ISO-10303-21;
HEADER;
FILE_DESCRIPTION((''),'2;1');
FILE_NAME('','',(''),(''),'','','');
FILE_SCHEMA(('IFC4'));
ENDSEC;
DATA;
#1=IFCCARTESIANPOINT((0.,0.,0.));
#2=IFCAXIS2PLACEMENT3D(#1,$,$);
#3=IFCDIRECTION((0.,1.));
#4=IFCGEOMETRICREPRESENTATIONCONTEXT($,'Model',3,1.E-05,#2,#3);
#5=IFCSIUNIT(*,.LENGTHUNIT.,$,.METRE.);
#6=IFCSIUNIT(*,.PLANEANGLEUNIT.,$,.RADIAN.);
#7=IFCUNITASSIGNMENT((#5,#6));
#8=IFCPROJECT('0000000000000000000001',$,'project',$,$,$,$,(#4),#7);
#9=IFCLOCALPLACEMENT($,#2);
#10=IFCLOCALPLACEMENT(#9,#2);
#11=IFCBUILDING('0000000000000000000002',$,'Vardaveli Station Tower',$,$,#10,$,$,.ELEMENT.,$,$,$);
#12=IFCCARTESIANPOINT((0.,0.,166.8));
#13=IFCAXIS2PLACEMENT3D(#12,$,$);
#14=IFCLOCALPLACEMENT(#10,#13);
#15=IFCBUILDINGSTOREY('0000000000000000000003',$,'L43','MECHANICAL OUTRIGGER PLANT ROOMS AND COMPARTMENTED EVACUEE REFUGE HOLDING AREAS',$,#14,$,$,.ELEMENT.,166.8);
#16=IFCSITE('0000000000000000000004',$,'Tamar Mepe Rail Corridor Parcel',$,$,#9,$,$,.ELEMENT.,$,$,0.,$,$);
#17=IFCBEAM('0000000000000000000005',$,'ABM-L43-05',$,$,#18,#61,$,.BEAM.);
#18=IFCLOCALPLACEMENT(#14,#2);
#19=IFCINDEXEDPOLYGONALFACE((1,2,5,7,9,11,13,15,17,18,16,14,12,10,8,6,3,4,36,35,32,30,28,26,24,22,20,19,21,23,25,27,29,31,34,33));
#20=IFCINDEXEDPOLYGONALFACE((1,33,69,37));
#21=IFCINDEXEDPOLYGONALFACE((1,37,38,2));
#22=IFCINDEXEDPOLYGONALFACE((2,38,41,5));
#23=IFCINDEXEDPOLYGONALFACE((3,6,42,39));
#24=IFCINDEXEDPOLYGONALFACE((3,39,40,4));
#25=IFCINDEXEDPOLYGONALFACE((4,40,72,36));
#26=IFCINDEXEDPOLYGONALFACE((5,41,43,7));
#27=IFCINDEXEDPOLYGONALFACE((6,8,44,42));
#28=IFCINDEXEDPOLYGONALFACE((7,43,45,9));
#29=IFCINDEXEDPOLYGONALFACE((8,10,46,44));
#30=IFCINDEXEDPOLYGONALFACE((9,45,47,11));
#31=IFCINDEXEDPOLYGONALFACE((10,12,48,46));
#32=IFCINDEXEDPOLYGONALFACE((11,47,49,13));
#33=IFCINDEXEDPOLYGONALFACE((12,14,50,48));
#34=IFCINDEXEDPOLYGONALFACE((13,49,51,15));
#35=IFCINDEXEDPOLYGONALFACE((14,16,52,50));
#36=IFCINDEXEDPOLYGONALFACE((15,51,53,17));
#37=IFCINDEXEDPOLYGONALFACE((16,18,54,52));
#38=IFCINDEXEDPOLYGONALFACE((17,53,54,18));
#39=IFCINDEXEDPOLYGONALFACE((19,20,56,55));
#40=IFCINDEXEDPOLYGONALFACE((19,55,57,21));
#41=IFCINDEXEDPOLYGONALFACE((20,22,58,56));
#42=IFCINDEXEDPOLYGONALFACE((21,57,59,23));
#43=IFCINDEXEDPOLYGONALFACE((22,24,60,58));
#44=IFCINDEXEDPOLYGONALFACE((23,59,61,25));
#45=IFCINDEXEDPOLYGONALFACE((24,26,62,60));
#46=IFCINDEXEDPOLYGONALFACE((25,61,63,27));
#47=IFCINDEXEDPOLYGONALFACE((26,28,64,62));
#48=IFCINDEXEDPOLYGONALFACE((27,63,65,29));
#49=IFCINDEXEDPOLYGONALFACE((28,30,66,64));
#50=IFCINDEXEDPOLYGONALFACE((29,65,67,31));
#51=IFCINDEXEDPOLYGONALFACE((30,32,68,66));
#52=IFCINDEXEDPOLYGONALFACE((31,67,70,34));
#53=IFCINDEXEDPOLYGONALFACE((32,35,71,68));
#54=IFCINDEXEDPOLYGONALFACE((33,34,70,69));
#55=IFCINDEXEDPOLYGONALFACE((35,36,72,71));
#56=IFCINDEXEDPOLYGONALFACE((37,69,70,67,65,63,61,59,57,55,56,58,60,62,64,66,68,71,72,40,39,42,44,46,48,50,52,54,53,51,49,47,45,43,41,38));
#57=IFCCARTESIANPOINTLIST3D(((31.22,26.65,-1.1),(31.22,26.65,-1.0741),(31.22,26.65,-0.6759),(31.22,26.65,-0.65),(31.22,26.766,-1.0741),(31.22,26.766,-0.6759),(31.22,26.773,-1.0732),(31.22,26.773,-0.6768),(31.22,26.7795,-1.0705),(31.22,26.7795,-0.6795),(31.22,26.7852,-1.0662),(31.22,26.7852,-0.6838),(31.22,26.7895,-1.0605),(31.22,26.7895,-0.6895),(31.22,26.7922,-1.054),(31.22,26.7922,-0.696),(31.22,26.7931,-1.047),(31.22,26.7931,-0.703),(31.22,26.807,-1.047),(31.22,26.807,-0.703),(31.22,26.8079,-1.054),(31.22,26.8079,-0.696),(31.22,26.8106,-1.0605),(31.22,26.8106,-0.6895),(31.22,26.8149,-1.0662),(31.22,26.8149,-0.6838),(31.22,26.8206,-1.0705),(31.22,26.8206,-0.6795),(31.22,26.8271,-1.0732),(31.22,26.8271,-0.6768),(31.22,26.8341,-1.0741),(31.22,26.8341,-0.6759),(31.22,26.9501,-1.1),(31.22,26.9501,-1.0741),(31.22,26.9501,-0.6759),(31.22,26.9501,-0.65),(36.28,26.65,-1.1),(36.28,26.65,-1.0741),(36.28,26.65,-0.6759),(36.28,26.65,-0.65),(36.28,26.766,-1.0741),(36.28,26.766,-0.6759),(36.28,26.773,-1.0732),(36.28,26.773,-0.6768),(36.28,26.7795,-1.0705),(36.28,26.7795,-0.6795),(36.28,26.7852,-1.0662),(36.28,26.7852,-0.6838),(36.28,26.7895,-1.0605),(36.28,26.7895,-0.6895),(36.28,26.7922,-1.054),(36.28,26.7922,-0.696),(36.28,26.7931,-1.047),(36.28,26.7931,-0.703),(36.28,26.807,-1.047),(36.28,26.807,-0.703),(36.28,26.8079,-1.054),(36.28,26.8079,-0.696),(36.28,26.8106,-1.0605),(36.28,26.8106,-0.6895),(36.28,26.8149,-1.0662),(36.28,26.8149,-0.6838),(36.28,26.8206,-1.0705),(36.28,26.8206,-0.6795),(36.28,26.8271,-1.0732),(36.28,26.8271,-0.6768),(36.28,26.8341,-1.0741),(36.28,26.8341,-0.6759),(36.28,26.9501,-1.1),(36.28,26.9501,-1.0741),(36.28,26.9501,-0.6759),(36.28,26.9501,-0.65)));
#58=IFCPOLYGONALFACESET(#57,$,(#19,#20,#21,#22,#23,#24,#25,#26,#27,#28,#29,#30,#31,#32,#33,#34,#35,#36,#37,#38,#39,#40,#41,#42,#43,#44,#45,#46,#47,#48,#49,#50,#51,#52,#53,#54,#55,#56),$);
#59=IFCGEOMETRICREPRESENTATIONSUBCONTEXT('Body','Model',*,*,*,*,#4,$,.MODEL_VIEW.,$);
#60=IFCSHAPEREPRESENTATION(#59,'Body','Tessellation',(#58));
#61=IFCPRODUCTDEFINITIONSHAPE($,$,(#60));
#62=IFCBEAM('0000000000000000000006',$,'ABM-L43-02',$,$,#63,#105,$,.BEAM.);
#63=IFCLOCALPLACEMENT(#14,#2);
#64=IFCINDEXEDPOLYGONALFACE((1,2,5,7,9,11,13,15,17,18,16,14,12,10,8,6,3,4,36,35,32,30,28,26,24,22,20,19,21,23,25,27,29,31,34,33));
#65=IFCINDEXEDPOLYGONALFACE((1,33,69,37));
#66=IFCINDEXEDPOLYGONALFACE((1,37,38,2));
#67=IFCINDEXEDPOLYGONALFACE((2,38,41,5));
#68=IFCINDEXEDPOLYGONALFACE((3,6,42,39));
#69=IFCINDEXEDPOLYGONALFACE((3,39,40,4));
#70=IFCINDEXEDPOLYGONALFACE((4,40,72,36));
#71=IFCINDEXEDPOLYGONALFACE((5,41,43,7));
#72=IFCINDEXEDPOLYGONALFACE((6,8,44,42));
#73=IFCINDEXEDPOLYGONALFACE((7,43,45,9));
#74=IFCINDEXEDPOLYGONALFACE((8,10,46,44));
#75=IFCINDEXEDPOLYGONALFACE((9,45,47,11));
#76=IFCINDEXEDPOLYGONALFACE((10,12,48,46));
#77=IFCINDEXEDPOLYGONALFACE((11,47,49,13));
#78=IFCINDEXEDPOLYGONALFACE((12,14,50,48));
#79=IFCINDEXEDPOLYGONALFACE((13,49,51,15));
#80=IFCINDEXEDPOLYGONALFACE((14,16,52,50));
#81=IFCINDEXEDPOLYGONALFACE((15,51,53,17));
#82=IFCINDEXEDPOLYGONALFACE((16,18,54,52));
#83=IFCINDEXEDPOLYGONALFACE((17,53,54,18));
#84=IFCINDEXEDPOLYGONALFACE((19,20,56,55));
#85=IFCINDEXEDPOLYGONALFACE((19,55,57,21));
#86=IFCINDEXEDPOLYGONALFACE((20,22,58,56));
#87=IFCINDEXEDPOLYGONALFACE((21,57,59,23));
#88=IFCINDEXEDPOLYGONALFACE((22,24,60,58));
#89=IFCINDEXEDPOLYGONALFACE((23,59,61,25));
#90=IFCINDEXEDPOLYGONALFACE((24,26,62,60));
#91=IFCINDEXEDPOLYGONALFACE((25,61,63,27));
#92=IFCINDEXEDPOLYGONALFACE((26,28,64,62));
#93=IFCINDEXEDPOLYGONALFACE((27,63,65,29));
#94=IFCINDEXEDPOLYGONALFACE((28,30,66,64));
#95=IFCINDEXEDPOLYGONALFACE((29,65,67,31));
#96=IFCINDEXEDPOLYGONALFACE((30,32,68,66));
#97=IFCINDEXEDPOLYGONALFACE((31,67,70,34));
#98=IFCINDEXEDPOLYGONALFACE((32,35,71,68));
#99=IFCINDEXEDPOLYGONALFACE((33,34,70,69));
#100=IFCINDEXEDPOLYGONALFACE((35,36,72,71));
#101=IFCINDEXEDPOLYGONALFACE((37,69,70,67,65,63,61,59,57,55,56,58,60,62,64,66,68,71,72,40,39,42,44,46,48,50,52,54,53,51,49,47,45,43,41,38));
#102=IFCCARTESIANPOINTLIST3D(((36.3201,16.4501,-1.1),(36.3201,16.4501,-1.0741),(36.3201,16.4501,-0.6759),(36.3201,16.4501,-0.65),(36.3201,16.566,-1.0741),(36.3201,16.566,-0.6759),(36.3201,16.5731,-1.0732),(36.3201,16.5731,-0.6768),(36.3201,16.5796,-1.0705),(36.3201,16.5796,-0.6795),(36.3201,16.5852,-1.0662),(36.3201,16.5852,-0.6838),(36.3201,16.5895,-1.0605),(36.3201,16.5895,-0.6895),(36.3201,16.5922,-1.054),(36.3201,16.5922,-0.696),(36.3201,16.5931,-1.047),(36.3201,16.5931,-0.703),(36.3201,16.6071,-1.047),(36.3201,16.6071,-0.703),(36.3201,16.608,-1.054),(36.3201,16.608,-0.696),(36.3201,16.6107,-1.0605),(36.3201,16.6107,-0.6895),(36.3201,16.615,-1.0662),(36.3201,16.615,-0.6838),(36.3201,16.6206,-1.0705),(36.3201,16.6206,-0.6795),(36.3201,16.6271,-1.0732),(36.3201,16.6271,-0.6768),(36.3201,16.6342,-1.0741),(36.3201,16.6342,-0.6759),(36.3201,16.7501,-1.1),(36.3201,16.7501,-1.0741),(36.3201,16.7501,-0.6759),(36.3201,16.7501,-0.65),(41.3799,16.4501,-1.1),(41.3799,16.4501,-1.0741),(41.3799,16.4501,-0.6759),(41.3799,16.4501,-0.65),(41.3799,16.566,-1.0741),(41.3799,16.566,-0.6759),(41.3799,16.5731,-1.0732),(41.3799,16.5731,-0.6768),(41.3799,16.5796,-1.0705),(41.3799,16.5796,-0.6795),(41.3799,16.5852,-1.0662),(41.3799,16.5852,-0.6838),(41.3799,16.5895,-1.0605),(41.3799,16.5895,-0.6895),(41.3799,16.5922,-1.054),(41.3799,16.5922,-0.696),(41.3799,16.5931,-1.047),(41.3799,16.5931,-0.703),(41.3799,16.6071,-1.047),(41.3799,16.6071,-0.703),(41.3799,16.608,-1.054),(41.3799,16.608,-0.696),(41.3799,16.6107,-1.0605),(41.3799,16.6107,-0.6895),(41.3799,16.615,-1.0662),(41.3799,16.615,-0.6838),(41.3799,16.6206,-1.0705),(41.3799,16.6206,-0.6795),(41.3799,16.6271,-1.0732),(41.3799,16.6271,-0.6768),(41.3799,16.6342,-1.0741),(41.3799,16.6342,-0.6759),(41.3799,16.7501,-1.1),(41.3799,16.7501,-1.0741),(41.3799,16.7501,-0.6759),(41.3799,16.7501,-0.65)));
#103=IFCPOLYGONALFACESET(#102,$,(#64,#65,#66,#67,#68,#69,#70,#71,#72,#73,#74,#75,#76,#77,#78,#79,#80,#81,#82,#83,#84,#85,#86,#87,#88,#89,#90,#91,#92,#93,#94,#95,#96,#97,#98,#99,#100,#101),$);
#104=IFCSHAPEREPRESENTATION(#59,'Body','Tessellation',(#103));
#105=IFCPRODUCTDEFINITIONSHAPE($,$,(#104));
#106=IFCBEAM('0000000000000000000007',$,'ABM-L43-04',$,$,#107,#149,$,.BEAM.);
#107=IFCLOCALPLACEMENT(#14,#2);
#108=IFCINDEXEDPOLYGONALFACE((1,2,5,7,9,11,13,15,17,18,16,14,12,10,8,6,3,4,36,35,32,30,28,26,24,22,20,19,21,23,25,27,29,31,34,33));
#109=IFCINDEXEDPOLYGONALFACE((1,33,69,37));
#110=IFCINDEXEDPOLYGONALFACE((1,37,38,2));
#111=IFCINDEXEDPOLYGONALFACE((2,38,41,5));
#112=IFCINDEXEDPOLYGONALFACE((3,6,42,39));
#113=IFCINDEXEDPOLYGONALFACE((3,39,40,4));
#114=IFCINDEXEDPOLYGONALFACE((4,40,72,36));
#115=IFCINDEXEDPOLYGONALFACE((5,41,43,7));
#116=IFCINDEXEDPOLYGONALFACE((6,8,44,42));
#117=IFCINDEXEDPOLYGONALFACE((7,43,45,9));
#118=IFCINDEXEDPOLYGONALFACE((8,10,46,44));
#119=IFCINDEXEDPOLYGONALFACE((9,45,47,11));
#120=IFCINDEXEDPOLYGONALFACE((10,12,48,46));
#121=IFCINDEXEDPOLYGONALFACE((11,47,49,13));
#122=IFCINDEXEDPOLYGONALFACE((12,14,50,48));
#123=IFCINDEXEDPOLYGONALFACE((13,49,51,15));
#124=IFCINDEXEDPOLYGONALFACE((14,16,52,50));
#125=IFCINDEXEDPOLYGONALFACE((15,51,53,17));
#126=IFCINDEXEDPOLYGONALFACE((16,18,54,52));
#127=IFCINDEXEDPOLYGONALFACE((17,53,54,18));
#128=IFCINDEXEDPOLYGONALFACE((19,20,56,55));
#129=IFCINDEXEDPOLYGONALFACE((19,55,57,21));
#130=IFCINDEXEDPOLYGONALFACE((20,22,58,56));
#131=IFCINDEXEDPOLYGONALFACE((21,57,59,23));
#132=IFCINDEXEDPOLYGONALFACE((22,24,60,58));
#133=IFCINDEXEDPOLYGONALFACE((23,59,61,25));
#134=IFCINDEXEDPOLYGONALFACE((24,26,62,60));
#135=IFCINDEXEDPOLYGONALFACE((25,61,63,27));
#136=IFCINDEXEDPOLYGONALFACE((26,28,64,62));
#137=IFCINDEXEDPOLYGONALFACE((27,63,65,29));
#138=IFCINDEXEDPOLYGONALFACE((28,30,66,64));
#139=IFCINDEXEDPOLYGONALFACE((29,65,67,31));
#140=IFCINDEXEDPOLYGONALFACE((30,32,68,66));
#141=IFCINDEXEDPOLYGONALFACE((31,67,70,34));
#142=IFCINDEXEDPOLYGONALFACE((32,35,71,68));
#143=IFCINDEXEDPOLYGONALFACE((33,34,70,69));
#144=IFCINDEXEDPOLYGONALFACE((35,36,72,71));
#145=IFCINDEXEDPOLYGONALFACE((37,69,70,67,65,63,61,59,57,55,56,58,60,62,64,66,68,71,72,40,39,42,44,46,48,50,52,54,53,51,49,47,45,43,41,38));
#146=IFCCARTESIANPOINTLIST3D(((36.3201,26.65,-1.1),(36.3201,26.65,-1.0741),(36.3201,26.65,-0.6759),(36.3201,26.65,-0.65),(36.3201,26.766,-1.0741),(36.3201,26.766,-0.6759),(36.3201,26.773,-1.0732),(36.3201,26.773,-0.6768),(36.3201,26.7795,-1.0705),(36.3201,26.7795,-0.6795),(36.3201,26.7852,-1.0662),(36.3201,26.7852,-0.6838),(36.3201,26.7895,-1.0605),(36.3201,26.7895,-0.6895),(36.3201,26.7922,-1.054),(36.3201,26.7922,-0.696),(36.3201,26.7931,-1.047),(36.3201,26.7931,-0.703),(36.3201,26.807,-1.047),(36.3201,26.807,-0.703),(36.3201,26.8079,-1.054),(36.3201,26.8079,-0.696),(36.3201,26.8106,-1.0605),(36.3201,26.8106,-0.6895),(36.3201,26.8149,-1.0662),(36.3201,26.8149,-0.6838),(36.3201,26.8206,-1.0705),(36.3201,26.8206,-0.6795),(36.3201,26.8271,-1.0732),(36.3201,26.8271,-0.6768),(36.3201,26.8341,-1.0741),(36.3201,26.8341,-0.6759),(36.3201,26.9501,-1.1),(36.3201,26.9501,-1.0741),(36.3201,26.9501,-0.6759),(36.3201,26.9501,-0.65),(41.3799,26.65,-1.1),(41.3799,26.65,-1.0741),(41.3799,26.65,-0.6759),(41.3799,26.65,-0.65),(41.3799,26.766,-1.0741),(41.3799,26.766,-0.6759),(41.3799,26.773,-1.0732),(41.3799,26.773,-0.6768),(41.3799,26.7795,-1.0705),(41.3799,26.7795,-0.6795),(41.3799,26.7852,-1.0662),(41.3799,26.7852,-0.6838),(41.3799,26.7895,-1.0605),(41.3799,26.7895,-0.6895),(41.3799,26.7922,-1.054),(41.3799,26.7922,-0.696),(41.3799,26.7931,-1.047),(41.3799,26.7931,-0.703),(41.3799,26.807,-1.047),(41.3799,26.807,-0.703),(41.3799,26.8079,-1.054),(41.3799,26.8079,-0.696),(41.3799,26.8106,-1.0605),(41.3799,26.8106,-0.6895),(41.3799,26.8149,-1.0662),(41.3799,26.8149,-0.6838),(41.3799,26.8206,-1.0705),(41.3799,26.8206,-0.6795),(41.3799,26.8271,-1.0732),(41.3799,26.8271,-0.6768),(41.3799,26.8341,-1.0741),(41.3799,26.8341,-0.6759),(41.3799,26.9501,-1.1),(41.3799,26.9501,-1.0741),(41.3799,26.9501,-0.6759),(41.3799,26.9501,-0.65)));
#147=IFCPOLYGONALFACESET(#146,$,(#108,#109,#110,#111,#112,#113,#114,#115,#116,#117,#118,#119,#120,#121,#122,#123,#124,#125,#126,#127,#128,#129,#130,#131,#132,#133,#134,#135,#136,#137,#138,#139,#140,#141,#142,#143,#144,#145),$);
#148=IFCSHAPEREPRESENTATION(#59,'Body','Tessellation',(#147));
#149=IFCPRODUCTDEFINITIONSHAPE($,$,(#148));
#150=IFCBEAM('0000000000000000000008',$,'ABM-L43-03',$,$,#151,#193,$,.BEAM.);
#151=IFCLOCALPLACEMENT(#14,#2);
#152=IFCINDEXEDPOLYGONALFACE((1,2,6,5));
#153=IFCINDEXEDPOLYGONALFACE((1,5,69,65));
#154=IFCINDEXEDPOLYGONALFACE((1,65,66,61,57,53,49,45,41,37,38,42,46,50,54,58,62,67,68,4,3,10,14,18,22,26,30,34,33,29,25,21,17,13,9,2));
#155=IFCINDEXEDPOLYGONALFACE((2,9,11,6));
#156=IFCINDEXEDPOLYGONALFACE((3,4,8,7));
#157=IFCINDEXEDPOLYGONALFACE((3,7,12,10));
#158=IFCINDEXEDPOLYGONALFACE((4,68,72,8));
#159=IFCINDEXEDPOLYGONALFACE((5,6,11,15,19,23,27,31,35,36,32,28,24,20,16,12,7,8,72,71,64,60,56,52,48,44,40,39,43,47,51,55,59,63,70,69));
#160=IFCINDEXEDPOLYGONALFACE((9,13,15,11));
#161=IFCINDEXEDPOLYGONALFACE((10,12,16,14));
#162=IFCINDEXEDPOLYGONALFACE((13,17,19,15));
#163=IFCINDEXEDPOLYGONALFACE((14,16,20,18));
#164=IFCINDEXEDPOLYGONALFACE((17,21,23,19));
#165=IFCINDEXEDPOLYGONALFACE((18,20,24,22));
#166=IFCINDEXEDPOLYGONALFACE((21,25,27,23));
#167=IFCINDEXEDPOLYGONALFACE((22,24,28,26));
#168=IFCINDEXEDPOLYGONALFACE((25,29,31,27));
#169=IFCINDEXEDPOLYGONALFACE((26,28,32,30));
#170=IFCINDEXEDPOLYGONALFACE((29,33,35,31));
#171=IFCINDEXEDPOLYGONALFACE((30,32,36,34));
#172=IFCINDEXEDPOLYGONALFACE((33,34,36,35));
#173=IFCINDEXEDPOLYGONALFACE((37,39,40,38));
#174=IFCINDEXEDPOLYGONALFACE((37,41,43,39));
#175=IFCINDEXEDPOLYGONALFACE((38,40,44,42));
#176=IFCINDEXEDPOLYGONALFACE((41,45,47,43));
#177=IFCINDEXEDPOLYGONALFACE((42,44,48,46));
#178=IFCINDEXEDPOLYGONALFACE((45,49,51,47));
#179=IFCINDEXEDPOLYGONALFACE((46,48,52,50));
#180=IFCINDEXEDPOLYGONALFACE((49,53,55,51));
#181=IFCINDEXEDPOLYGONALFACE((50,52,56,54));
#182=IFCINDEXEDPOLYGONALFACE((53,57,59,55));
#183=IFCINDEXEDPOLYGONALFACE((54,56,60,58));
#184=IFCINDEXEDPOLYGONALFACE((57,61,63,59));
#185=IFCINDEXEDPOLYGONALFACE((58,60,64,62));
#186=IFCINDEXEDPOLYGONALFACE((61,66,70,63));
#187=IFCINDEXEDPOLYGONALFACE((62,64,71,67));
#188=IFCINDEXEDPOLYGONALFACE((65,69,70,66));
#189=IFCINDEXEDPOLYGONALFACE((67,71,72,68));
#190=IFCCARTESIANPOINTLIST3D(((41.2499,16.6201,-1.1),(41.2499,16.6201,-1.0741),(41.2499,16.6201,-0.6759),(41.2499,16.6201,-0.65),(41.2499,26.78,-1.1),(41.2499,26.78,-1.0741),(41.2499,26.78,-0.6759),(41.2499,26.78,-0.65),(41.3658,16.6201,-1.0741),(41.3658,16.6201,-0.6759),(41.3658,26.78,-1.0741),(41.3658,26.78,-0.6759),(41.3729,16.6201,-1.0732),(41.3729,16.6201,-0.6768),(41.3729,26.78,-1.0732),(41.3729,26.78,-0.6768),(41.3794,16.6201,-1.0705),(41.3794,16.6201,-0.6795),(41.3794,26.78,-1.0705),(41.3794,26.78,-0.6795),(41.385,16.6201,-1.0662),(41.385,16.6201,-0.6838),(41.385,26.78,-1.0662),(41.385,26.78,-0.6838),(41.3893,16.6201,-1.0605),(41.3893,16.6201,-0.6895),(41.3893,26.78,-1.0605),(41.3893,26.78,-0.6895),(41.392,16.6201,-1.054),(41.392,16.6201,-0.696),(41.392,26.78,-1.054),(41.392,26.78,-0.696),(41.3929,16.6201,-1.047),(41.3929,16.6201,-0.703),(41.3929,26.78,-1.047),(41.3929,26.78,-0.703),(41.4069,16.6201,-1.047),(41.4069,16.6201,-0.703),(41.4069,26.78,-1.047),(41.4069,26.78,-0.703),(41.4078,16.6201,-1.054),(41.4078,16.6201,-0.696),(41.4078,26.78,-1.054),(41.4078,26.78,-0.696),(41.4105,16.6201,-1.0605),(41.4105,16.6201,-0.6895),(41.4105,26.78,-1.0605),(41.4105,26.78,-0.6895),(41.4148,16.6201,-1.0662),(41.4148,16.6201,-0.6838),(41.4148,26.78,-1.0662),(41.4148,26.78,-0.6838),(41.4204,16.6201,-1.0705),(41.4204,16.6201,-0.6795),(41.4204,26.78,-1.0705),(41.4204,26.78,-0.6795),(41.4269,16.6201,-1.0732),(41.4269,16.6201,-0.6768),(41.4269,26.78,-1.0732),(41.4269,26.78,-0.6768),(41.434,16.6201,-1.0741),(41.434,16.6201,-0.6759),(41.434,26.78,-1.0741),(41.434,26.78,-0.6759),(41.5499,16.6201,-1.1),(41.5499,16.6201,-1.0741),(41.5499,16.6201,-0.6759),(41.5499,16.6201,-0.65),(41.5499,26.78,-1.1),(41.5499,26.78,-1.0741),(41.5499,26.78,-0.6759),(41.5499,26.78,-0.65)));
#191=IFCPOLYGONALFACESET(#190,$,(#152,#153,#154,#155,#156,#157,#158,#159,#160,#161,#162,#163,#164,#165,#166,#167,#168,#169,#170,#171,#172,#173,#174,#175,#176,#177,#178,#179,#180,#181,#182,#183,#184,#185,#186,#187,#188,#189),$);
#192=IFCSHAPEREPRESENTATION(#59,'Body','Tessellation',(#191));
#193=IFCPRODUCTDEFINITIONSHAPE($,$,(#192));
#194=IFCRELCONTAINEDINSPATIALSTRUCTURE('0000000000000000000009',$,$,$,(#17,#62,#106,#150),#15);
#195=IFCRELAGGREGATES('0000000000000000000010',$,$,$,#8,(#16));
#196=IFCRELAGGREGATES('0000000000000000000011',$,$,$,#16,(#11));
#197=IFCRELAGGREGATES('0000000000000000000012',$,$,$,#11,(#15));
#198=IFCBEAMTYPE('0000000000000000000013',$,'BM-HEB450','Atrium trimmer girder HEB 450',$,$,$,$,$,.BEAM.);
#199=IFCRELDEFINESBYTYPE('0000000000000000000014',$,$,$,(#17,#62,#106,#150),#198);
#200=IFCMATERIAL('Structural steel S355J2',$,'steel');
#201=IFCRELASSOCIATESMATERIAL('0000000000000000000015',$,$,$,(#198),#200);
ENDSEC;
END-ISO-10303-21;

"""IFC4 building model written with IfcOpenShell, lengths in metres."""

from ifc_helpers import new_model, si_unit, direction, frame, origin, origin_2d, place, context, subcontext, project, spatial, i_section, extrude, source, transform, mapped, material, material_profile, profile_set, type_object, element, save


model = new_model("IFC4")

# Units and contexts
model_context = context("Model", 3, precision=1e-05, world=origin(), true_north=direction((0.0, 1.0)))
body_context = subcontext(model_context, "Body", "Model", "MODEL_VIEW")
ifc_project = project(units=[si_unit("LENGTHUNIT", "METRE"), si_unit("PLANEANGLEUNIT", "RADIAN")], contexts=[model_context])

# Site, building, storey
site_placement = place(None, origin())
site = spatial("IfcSite", under=ifc_project, at=site_placement, Name="Tamar Mepe Rail Corridor Parcel", CompositionType="ELEMENT", RefElevation=0.0)
building_placement = place(site_placement, origin())
building = spatial("IfcBuilding", under=site, at=building_placement, Name="Vardaveli Station Tower", CompositionType="ELEMENT")
storey_placement = place(building_placement, frame((0.0, 0.0, 166.8)))
storey = spatial("IfcBuildingStorey", under=building, at=storey_placement, Name="L43", Description="MECHANICAL OUTRIGGER PLANT ROOMS AND COMPARTMENTED EVACUEE REFUGE HOLDING AREAS", CompositionType="ELEMENT", Elevation=166.8)

# Beams
ifc_material_1 = material(Name="Structural steel S355J2", Category="steel")
ifc_material_profile_1 = material_profile(ifc_material_1, i_section(OverallWidth=0.3, OverallDepth=0.45, WebThickness=0.0139, FlangeThickness=0.0259, FilletRadius=0.0271, at=origin_2d()), Name="HEB 450")
ifc_profile_set_1 = profile_set([ifc_material_profile_1], Name="Structural steel S355J2")
beam_type_1 = type_object("IfcBeamType", Name="BM-HEB450", Description="Atrium trimmer girder HEB 450", PredefinedType="BEAM", material=ifc_profile_set_1)
shared_shape_1 = source(origin(), body_context, "Body", "SweptSolid", [
    extrude(i_section(OverallWidth=0.3, OverallDepth=0.45, WebThickness=0.0139, FlangeThickness=0.0259, FilletRadius=0.0271, at=origin_2d()), origin(), (0.0, 0.0, 1.0), 5.0601),
])
beam_1_placement = place(storey_placement, frame((36.28, 26.8, -0.875), z_axis=(-1.0, 0.0, 0.0), x_axis=(0.0, -1.0, 0.0)))
element("IfcBeam", 1, at=beam_1_placement, inside=storey, type_object=beam_type_1, Name="ABM-L43-05", PredefinedType="BEAM", context=body_context, shape_type="MappedRepresentation", body=[
    mapped(shared_shape_1, transform((0.0, 0.0, 0.0), scale=1.0)),
])
shared_shape_2 = source(origin(), body_context, "Body", "SweptSolid", [
    extrude(i_section(OverallWidth=0.3, OverallDepth=0.45, WebThickness=0.0139, FlangeThickness=0.0259, FilletRadius=0.0271, at=origin_2d()), origin(), (0.0, 0.0, 1.0), 5.0598),
])
for number, where, z_axis, x_axis, name in (
    (2, (36.3201, 16.6001, -0.875), (1.0, 0.0, 0.0), (0.0, 1.0, 0.0), "ABM-L43-02"),
    (3, (41.3799, 26.8, -0.875), (-1.0, 0.0, 0.0), (0.0, -1.0, 0.0), "ABM-L43-04"),
):
    element("IfcBeam", number, at=place(storey_placement, frame(where, z_axis=z_axis, x_axis=x_axis)), inside=storey, type_object=beam_type_1, Name=name, PredefinedType="BEAM", context=body_context, shape_type="MappedRepresentation", body=[
        mapped(shared_shape_2, transform((0.0, 0.0, 0.0), scale=1.0)),
    ])
shared_shape_3 = source(origin(), body_context, "Body", "SweptSolid", [
    extrude(i_section(OverallWidth=0.3, OverallDepth=0.45, WebThickness=0.0139, FlangeThickness=0.0259, FilletRadius=0.0271, at=origin_2d()), origin(), (0.0, 0.0, 1.0), 10.1599),
])
beam_2_placement = place(storey_placement, frame((41.3999, 16.6201, -0.875), z_axis=(0.0, 1.0, 0.0), x_axis=(-1.0, 0.0, 0.0)))
element("IfcBeam", 4, at=beam_2_placement, inside=storey, type_object=beam_type_1, Name="ABM-L43-03", PredefinedType="BEAM", context=body_context, shape_type="MappedRepresentation", body=[
    mapped(shared_shape_3, transform((0.0, 0.0, 0.0), scale=1.0)),
])

save(model, "model.ifc")
